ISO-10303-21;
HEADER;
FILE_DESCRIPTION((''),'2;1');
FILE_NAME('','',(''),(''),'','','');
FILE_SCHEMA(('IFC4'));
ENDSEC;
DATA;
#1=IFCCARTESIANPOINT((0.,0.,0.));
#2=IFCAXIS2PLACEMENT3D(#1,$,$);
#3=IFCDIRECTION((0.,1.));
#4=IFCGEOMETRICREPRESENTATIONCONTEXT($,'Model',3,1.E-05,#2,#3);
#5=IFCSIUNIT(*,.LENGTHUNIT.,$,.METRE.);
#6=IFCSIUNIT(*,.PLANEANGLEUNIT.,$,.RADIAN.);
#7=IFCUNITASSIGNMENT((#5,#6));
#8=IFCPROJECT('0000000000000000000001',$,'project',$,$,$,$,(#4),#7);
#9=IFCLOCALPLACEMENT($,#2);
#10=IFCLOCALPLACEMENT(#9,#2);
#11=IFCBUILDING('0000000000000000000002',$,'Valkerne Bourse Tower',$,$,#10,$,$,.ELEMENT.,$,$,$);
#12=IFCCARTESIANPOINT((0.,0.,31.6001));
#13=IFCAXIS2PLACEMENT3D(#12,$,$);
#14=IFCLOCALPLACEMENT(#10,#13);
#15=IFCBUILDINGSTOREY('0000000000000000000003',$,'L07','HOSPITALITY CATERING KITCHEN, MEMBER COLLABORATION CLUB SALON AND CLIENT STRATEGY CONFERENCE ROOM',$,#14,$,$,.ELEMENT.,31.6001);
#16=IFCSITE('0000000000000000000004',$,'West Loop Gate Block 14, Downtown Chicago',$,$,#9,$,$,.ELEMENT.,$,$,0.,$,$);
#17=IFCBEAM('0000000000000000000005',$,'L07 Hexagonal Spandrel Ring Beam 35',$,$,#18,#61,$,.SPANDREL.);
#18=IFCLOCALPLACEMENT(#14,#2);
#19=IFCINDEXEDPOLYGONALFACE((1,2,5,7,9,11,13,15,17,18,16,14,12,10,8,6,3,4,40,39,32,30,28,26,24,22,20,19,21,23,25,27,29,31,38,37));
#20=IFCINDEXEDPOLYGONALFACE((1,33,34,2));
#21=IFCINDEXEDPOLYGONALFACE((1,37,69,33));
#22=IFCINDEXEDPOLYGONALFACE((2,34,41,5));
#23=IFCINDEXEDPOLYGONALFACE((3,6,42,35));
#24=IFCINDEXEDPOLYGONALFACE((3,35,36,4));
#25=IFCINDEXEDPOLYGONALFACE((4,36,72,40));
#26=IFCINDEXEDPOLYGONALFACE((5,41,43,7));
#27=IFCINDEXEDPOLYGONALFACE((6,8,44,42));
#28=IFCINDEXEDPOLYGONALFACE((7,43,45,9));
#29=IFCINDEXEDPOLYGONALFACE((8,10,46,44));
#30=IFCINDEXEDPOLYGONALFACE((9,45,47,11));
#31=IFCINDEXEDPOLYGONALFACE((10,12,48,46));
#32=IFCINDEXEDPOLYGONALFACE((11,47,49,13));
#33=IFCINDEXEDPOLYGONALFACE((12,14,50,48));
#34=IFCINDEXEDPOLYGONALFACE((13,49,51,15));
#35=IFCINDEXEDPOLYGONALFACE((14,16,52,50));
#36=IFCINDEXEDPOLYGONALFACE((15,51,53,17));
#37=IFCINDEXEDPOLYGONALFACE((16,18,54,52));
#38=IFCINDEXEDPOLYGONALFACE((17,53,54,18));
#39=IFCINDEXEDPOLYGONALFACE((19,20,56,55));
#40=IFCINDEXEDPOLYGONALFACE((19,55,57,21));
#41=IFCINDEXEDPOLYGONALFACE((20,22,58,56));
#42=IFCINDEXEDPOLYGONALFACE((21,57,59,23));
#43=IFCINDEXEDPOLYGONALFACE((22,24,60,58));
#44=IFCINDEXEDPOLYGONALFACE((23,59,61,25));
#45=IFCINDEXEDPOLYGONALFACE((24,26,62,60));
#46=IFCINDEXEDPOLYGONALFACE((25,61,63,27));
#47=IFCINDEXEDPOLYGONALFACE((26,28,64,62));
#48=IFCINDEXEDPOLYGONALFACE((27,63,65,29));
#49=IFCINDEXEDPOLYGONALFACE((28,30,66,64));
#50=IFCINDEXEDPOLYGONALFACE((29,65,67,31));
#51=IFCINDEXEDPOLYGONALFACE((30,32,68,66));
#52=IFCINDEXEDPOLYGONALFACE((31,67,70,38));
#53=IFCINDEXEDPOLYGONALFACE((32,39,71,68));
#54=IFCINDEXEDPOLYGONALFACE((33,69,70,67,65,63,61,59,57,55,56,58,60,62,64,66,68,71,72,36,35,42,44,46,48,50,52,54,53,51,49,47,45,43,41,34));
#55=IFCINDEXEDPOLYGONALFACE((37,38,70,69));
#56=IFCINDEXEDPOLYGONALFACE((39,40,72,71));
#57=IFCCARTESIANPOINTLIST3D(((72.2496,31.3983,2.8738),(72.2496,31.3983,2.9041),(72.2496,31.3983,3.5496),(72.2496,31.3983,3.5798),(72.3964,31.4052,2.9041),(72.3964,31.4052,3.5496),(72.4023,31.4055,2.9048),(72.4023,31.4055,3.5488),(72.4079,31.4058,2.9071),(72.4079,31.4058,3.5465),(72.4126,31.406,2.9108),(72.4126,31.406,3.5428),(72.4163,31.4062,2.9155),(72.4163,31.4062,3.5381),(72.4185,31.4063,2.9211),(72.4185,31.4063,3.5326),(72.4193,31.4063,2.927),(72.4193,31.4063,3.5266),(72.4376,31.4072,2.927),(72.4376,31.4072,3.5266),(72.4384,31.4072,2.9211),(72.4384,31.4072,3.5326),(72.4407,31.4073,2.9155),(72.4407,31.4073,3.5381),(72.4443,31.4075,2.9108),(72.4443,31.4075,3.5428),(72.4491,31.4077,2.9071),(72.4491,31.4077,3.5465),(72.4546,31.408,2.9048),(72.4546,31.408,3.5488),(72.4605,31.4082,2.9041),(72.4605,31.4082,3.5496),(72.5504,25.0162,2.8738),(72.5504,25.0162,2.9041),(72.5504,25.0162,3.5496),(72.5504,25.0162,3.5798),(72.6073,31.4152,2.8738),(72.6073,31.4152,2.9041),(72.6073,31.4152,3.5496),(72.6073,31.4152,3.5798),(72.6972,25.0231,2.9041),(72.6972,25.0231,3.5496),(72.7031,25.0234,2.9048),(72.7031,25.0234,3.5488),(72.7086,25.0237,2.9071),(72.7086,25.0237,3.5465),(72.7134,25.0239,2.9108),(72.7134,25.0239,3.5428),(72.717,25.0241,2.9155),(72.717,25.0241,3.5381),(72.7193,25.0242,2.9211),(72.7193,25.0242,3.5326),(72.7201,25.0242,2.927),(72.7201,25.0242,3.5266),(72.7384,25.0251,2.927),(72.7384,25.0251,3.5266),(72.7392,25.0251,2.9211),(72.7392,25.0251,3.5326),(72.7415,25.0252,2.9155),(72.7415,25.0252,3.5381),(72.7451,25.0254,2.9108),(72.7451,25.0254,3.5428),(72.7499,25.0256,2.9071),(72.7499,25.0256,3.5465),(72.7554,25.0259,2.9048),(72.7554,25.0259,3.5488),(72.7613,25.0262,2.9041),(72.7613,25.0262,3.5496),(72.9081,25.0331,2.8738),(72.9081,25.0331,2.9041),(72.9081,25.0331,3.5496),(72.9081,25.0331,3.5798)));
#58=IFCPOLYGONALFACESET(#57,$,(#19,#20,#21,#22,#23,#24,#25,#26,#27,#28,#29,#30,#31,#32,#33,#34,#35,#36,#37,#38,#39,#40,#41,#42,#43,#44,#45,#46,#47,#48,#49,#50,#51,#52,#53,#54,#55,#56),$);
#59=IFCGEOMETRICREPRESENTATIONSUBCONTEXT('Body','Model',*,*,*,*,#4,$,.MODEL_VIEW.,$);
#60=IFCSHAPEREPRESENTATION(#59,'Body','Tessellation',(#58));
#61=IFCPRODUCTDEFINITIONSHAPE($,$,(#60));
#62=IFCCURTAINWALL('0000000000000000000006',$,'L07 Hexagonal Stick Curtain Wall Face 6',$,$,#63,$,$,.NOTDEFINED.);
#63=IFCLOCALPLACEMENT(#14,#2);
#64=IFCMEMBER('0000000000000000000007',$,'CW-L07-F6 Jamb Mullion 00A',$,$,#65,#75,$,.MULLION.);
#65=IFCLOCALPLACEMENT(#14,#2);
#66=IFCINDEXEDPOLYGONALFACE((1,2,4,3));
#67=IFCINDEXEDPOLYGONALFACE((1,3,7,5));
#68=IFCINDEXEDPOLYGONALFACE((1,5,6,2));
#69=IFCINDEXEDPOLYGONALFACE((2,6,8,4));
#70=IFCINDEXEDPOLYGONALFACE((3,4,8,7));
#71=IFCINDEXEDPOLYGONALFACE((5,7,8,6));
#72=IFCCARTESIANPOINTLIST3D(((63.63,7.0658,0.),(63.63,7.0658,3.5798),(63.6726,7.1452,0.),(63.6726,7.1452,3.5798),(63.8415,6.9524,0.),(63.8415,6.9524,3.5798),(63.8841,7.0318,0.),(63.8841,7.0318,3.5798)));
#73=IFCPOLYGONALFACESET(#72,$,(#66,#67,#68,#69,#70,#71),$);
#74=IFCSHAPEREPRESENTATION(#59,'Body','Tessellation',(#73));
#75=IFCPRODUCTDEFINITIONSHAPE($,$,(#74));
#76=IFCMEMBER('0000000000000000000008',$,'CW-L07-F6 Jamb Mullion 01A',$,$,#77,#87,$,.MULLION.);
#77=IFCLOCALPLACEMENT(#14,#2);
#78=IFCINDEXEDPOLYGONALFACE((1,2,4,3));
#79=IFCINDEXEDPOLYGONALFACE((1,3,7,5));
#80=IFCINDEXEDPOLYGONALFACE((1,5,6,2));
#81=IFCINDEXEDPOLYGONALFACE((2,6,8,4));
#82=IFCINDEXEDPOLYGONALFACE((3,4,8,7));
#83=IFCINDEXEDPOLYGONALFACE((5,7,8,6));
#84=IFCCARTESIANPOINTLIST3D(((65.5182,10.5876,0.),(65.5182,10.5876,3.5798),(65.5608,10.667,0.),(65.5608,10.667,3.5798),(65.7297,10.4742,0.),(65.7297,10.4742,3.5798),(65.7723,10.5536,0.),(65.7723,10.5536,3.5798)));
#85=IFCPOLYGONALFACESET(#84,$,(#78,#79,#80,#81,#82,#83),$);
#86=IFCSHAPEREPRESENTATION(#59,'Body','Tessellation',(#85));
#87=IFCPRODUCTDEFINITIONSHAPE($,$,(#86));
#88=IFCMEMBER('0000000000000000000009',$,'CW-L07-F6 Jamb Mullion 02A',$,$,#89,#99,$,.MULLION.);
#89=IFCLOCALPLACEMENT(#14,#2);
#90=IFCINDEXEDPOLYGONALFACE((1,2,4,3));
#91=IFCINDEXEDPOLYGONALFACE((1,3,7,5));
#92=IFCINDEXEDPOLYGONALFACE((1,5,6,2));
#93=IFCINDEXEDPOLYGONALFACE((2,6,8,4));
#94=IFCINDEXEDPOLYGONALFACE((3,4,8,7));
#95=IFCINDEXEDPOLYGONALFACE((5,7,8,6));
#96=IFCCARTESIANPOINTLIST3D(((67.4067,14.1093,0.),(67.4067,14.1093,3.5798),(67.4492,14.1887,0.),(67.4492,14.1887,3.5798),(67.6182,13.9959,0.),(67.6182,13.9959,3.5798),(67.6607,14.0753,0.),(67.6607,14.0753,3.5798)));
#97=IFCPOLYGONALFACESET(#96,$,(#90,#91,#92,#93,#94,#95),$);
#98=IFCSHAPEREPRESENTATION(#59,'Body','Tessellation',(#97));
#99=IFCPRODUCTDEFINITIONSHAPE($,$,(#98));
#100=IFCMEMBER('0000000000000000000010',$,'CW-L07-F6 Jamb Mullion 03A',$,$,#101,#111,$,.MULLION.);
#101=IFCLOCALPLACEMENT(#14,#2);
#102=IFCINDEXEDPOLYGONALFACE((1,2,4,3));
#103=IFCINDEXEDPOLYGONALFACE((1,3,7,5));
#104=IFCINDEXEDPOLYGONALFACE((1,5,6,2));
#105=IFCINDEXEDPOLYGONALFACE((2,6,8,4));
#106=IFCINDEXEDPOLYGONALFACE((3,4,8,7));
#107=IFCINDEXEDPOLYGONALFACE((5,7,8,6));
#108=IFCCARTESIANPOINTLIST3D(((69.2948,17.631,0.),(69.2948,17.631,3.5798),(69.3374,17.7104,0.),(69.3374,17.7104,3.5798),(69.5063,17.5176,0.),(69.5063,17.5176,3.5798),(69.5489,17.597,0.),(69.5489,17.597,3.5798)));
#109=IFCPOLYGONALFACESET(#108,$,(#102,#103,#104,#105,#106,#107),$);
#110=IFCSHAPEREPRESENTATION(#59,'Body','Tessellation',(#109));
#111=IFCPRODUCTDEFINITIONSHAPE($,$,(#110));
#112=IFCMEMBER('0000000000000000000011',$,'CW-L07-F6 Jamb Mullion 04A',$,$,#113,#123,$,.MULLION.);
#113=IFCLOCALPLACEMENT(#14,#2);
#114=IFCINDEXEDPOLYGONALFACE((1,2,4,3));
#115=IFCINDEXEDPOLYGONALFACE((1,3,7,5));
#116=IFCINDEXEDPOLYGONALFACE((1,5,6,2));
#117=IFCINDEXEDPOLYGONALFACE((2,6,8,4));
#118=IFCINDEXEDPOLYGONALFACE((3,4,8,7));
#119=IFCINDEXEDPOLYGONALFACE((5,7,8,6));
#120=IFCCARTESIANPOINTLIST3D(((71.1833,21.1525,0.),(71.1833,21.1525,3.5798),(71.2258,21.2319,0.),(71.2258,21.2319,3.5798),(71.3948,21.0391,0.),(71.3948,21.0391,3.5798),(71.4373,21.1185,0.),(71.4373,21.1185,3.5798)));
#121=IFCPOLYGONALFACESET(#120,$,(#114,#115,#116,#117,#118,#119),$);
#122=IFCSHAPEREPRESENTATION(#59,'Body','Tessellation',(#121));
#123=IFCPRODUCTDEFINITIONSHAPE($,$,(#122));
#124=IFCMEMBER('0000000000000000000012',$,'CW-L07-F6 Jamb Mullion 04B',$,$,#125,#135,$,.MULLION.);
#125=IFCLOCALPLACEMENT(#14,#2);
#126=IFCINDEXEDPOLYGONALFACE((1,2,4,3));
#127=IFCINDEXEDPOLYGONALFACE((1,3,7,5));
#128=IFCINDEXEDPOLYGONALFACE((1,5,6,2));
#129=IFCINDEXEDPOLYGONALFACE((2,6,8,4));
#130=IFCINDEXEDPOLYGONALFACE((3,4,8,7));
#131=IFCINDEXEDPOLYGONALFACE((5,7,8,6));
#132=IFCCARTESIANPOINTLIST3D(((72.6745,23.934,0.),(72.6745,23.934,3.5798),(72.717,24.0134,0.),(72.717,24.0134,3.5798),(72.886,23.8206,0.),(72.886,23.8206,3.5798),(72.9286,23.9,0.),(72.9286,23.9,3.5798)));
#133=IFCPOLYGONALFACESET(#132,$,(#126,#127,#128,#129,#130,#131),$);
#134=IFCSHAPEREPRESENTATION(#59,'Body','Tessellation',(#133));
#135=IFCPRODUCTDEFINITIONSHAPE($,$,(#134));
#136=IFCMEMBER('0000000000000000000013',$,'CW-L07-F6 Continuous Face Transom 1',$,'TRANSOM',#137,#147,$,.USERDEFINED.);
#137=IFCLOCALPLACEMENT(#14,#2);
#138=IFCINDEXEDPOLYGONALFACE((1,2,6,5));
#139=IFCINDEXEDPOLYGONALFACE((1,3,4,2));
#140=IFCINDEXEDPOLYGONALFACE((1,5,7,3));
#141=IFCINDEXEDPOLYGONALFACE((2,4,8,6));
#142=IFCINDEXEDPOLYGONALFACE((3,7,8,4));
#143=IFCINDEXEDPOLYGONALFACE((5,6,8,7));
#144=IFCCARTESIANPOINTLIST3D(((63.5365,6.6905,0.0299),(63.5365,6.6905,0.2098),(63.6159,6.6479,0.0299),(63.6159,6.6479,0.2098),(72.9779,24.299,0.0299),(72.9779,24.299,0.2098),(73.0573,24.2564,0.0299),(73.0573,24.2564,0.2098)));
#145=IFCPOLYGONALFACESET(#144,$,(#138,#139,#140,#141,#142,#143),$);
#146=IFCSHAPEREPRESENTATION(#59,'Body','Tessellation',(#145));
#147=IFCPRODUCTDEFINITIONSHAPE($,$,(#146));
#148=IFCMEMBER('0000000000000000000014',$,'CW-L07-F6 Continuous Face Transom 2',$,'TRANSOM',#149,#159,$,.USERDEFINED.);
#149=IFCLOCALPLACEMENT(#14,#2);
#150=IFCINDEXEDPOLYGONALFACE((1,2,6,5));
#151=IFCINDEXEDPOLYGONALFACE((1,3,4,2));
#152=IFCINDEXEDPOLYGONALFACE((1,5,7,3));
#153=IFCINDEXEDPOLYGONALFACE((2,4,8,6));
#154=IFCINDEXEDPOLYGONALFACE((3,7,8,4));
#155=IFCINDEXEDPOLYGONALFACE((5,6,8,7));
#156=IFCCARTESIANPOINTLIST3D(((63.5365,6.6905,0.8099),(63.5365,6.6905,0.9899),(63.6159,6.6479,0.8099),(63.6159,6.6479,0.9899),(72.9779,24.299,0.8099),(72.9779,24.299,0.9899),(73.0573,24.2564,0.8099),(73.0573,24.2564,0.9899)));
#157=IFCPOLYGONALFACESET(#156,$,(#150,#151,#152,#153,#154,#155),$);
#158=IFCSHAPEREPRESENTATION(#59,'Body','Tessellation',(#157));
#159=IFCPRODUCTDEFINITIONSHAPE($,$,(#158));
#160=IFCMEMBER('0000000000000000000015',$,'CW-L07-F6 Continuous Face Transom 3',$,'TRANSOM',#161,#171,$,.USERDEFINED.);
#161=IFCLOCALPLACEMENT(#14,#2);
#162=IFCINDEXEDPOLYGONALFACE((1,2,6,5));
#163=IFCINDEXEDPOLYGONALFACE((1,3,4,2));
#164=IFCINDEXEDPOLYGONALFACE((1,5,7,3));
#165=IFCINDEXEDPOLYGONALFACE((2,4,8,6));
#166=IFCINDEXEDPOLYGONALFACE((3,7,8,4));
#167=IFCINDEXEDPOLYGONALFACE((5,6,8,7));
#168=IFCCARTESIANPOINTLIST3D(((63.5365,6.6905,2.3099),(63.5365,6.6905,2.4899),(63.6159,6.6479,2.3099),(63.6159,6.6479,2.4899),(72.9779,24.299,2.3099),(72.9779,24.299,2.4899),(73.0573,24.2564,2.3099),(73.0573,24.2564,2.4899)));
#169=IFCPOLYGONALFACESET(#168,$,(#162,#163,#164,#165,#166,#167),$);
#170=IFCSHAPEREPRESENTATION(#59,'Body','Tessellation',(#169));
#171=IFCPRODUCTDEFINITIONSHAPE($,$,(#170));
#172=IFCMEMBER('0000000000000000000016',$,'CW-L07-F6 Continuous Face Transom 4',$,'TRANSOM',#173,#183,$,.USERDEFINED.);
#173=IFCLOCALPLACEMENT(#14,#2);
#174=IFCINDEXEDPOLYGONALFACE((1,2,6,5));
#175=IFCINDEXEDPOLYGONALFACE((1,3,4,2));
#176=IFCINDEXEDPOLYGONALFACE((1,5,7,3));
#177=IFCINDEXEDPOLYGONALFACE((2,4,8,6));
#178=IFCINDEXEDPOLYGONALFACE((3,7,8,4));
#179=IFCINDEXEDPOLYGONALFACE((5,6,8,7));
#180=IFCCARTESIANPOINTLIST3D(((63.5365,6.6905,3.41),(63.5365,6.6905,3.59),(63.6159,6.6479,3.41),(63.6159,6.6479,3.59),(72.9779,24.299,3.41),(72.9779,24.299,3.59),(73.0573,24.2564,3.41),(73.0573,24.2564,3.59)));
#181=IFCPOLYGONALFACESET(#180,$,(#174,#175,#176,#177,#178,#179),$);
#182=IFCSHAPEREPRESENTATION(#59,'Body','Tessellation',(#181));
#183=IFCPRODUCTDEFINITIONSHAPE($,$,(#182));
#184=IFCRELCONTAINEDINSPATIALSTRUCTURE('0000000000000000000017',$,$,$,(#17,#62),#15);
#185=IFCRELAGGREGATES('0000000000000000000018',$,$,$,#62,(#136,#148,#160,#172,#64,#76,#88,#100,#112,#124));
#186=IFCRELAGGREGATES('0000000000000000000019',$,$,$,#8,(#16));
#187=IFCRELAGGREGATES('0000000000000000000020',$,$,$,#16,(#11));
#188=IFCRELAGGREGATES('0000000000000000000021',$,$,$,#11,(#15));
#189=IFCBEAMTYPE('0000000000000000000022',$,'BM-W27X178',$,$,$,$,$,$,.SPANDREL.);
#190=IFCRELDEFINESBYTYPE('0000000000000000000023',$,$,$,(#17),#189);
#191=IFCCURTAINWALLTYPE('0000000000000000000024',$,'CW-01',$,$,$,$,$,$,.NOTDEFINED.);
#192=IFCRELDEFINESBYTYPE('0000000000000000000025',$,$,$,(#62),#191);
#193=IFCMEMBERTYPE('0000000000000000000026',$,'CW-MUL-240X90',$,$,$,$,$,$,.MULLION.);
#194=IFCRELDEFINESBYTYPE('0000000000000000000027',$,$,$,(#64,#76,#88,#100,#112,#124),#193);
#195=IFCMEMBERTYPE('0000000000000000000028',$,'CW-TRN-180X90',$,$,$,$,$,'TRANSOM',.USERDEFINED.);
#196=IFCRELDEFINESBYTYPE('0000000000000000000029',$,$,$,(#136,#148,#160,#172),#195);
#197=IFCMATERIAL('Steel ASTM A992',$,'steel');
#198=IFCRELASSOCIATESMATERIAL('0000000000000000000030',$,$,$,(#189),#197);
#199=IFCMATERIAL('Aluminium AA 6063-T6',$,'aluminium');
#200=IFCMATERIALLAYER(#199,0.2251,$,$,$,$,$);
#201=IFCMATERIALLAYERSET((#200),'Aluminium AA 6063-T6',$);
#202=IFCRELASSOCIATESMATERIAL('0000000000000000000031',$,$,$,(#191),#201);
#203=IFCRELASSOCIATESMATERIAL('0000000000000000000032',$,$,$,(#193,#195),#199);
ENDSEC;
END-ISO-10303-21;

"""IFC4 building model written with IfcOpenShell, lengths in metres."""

from ifc_helpers import new_model, si_unit, direction, frame, origin, origin_2d, place, context, subcontext, project, spatial, rectangle, i_section, extrude, material, layer, layer_set, material_profile, profile_set, type_object, element, aggregate, save


model = new_model("IFC4")

# Units and contexts
model_context = context("Model", 3, precision=1e-05, world=origin(), true_north=direction((0.0, 1.0)))
body_context = subcontext(model_context, "Body", "Model", "MODEL_VIEW")
ifc_project = project(units=[si_unit("LENGTHUNIT", "METRE"), si_unit("PLANEANGLEUNIT", "RADIAN")], contexts=[model_context])

# Site, building, storey
site_placement = place(None, origin())
site = spatial("IfcSite", under=ifc_project, at=site_placement, Name="West Loop Gate Block 14, Downtown Chicago", CompositionType="ELEMENT", RefElevation=0.0)
building_placement = place(site_placement, origin())
building = spatial("IfcBuilding", under=site, at=building_placement, Name="Valkerne Bourse Tower", CompositionType="ELEMENT")
storey_placement = place(building_placement, frame((0.0, 0.0, 31.6001)))
storey = spatial("IfcBuildingStorey", under=building, at=storey_placement, Name="L07", Description="HOSPITALITY CATERING KITCHEN, MEMBER COLLABORATION CLUB SALON AND CLIENT STRATEGY CONFERENCE ROOM", CompositionType="ELEMENT", Elevation=31.6001)

# Beam
ifc_material_1 = material(Name="Steel ASTM A992", Category="steel")
ifc_material_profile_1 = material_profile(ifc_material_1, i_section(OverallWidth=0.3582, OverallDepth=0.7061, WebThickness=0.0183, FlangeThickness=0.0303, FilletRadius=0.0229, at=origin_2d()), Name="W27X178")
ifc_profile_set_1 = profile_set([ifc_material_profile_1], Name="Steel ASTM A992")
beam_type_1 = type_object("IfcBeamType", Name="BM-W27X178", PredefinedType="SPANDREL", material=ifc_profile_set_1)
beam_1_placement = place(storey_placement, frame((72.7292, 25.0247, 3.2268), z_axis=(-0.047077, 0.998891, 0.0), x_axis=(-0.998891, -0.047077, 0.0)))
element("IfcBeam", 1, at=beam_1_placement, inside=storey, type_object=beam_type_1, Name="L07 Hexagonal Spandrel Ring Beam 35", PredefinedType="SPANDREL", context=body_context, shape_type="SweptSolid", body=[
    extrude(i_section(OverallWidth=0.3582, OverallDepth=0.7061, WebThickness=0.0183, FlangeThickness=0.0303, FilletRadius=0.0229, at=origin_2d()), origin(), (0.0, 0.0, 1.0), 6.3892),
])

# Curtain wall, members
ifc_material_2 = material(Name="Aluminium AA 6063-T6", Category="aluminium")
ifc_layer_1 = layer(ifc_material_2, 0.2251)
ifc_layer_set_1 = layer_set([ifc_layer_1], Name="Aluminium AA 6063-T6")
curtain_wall_type = type_object("IfcCurtainWallType", Name="CW-01", PredefinedType="NOTDEFINED", material=ifc_layer_set_1)
curtain_wall_placement = place(storey_placement, origin())
curtain_wall = element("IfcCurtainWall", 2, at=curtain_wall_placement, inside=storey, type_object=curtain_wall_type, Name="L07 Hexagonal Stick Curtain Wall Face 6", PredefinedType="NOTDEFINED")
ifc_material_profile_2 = material_profile(ifc_material_2, rectangle(XDim=0.0901, YDim=0.24, at=origin_2d()), Name="CWM-90X240")
ifc_profile_set_2 = profile_set([ifc_material_profile_2], Name="Aluminium AA 6063-T6")
member_type_1 = type_object("IfcMemberType", Name="CW-MUL-240X90", PredefinedType="MULLION", material=ifc_profile_set_2)
member_1_placement = place(storey_placement, frame((63.7571, 7.0488, 0.0), z_axis=(0.0, 0.0, 1.0), x_axis=(0.472547, 0.881305, 0.0)))
member_1 = element("IfcMember", 3, at=member_1_placement, type_object=member_type_1, Name="CW-L07-F6 Jamb Mullion 00A", PredefinedType="MULLION", context=body_context, shape_type="SweptSolid", body=[
    extrude(rectangle(XDim=0.0901, YDim=0.24, at=origin_2d()), origin(), (0.0, 0.0, 1.0), 3.5798),
])
member_2_placement = place(storey_placement, frame((65.6453, 10.5706, 0.0), z_axis=(0.0, 0.0, 1.0), x_axis=(0.472547, 0.881305, 0.0)))
member_2 = element("IfcMember", 4, at=member_2_placement, type_object=member_type_1, Name="CW-L07-F6 Jamb Mullion 01A", PredefinedType="MULLION", context=body_context, shape_type="SweptSolid", body=[
    extrude(rectangle(XDim=0.0901, YDim=0.24, at=origin_2d()), origin(), (0.0, 0.0, 1.0), 3.5798),
])
member_3_placement = place(storey_placement, frame((67.5337, 14.0923, 0.0), z_axis=(0.0, 0.0, 1.0), x_axis=(0.472547, 0.881305, 0.0)))
member_3 = element("IfcMember", 5, at=member_3_placement, type_object=member_type_1, Name="CW-L07-F6 Jamb Mullion 02A", PredefinedType="MULLION", context=body_context, shape_type="SweptSolid", body=[
    extrude(rectangle(XDim=0.0901, YDim=0.24, at=origin_2d()), origin(), (0.0, 0.0, 1.0), 3.5798),
])
member_4_placement = place(storey_placement, frame((69.4219, 17.614, 0.0), z_axis=(0.0, 0.0, 1.0), x_axis=(0.472547, 0.881305, 0.0)))
member_4 = element("IfcMember", 6, at=member_4_placement, type_object=member_type_1, Name="CW-L07-F6 Jamb Mullion 03A", PredefinedType="MULLION", context=body_context, shape_type="SweptSolid", body=[
    extrude(rectangle(XDim=0.0901, YDim=0.24, at=origin_2d()), origin(), (0.0, 0.0, 1.0), 3.5798),
])
member_5_placement = place(storey_placement, frame((71.3103, 21.1355, 0.0), z_axis=(0.0, 0.0, 1.0), x_axis=(0.472547, 0.881305, 0.0)))
member_5 = element("IfcMember", 7, at=member_5_placement, type_object=member_type_1, Name="CW-L07-F6 Jamb Mullion 04A", PredefinedType="MULLION", context=body_context, shape_type="SweptSolid", body=[
    extrude(rectangle(XDim=0.0901, YDim=0.24, at=origin_2d()), origin(), (0.0, 0.0, 1.0), 3.5798),
])
member_6_placement = place(storey_placement, frame((72.8015, 23.917, 0.0), z_axis=(0.0, 0.0, 1.0), x_axis=(0.472547, 0.881305, 0.0)))
member_6 = element("IfcMember", 8, at=member_6_placement, type_object=member_type_1, Name="CW-L07-F6 Jamb Mullion 04B", PredefinedType="MULLION", context=body_context, shape_type="SweptSolid", body=[
    extrude(rectangle(XDim=0.0901, YDim=0.24, at=origin_2d()), origin(), (0.0, 0.0, 1.0), 3.5798),
])
ifc_material_profile_3 = material_profile(ifc_material_2, rectangle(XDim=0.0901, YDim=0.1799, at=origin_2d()), Name="CWT-90X180")
ifc_profile_set_3 = profile_set([ifc_material_profile_3], Name="Aluminium AA 6063-T6")
member_type_2 = type_object("IfcMemberType", Name="CW-TRN-180X90", ElementType="TRANSOM", PredefinedType="USERDEFINED", material=ifc_profile_set_3)
member_7_placement = place(storey_placement, frame((63.5762, 6.6692, 0.1199), z_axis=(0.472546, 0.881306, 0.0), x_axis=(-0.881306, 0.472546, 0.0)))
member_7 = element("IfcMember", 9, at=member_7_placement, type_object=member_type_2, Name="CW-L07-F6 Continuous Face Transom 1", ObjectType="TRANSOM", PredefinedType="USERDEFINED", context=body_context, shape_type="SweptSolid", body=[
    extrude(rectangle(XDim=0.0901, YDim=0.1799, at=origin_2d()), origin(), (0.0, 0.0, 1.0), 19.98),
])
member_8_placement = place(storey_placement, frame((63.5762, 6.6692, 0.8999), z_axis=(0.472546, 0.881306, 0.0), x_axis=(-0.881306, 0.472546, 0.0)))
member_8 = element("IfcMember", 10, at=member_8_placement, type_object=member_type_2, Name="CW-L07-F6 Continuous Face Transom 2", ObjectType="TRANSOM", PredefinedType="USERDEFINED", context=body_context, shape_type="SweptSolid", body=[
    extrude(rectangle(XDim=0.0901, YDim=0.1799, at=origin_2d()), origin(), (0.0, 0.0, 1.0), 19.98),
])
member_9_placement = place(storey_placement, frame((63.5762, 6.6692, 2.3999), z_axis=(0.472546, 0.881306, 0.0), x_axis=(-0.881306, 0.472546, 0.0)))
member_9 = element("IfcMember", 11, at=member_9_placement, type_object=member_type_2, Name="CW-L07-F6 Continuous Face Transom 3", ObjectType="TRANSOM", PredefinedType="USERDEFINED", context=body_context, shape_type="SweptSolid", body=[
    extrude(rectangle(XDim=0.0901, YDim=0.1799, at=origin_2d()), origin(), (0.0, 0.0, 1.0), 19.98),
])
member_10_placement = place(storey_placement, frame((63.5762, 6.6692, 3.5), z_axis=(0.472546, 0.881306, 0.0), x_axis=(-0.881306, 0.472546, 0.0)))
member_10 = element("IfcMember", 12, at=member_10_placement, type_object=member_type_2, Name="CW-L07-F6 Continuous Face Transom 4", ObjectType="TRANSOM", PredefinedType="USERDEFINED", context=body_context, shape_type="SweptSolid", body=[
    extrude(rectangle(XDim=0.0901, YDim=0.1799, at=origin_2d()), origin(), (0.0, 0.0, 1.0), 19.98),
])

aggregate(curtain_wall, [member_7, member_8, member_9, member_10, member_1, member_2, member_3, member_4, member_5, member_6])

save(model, "model.ifc")
